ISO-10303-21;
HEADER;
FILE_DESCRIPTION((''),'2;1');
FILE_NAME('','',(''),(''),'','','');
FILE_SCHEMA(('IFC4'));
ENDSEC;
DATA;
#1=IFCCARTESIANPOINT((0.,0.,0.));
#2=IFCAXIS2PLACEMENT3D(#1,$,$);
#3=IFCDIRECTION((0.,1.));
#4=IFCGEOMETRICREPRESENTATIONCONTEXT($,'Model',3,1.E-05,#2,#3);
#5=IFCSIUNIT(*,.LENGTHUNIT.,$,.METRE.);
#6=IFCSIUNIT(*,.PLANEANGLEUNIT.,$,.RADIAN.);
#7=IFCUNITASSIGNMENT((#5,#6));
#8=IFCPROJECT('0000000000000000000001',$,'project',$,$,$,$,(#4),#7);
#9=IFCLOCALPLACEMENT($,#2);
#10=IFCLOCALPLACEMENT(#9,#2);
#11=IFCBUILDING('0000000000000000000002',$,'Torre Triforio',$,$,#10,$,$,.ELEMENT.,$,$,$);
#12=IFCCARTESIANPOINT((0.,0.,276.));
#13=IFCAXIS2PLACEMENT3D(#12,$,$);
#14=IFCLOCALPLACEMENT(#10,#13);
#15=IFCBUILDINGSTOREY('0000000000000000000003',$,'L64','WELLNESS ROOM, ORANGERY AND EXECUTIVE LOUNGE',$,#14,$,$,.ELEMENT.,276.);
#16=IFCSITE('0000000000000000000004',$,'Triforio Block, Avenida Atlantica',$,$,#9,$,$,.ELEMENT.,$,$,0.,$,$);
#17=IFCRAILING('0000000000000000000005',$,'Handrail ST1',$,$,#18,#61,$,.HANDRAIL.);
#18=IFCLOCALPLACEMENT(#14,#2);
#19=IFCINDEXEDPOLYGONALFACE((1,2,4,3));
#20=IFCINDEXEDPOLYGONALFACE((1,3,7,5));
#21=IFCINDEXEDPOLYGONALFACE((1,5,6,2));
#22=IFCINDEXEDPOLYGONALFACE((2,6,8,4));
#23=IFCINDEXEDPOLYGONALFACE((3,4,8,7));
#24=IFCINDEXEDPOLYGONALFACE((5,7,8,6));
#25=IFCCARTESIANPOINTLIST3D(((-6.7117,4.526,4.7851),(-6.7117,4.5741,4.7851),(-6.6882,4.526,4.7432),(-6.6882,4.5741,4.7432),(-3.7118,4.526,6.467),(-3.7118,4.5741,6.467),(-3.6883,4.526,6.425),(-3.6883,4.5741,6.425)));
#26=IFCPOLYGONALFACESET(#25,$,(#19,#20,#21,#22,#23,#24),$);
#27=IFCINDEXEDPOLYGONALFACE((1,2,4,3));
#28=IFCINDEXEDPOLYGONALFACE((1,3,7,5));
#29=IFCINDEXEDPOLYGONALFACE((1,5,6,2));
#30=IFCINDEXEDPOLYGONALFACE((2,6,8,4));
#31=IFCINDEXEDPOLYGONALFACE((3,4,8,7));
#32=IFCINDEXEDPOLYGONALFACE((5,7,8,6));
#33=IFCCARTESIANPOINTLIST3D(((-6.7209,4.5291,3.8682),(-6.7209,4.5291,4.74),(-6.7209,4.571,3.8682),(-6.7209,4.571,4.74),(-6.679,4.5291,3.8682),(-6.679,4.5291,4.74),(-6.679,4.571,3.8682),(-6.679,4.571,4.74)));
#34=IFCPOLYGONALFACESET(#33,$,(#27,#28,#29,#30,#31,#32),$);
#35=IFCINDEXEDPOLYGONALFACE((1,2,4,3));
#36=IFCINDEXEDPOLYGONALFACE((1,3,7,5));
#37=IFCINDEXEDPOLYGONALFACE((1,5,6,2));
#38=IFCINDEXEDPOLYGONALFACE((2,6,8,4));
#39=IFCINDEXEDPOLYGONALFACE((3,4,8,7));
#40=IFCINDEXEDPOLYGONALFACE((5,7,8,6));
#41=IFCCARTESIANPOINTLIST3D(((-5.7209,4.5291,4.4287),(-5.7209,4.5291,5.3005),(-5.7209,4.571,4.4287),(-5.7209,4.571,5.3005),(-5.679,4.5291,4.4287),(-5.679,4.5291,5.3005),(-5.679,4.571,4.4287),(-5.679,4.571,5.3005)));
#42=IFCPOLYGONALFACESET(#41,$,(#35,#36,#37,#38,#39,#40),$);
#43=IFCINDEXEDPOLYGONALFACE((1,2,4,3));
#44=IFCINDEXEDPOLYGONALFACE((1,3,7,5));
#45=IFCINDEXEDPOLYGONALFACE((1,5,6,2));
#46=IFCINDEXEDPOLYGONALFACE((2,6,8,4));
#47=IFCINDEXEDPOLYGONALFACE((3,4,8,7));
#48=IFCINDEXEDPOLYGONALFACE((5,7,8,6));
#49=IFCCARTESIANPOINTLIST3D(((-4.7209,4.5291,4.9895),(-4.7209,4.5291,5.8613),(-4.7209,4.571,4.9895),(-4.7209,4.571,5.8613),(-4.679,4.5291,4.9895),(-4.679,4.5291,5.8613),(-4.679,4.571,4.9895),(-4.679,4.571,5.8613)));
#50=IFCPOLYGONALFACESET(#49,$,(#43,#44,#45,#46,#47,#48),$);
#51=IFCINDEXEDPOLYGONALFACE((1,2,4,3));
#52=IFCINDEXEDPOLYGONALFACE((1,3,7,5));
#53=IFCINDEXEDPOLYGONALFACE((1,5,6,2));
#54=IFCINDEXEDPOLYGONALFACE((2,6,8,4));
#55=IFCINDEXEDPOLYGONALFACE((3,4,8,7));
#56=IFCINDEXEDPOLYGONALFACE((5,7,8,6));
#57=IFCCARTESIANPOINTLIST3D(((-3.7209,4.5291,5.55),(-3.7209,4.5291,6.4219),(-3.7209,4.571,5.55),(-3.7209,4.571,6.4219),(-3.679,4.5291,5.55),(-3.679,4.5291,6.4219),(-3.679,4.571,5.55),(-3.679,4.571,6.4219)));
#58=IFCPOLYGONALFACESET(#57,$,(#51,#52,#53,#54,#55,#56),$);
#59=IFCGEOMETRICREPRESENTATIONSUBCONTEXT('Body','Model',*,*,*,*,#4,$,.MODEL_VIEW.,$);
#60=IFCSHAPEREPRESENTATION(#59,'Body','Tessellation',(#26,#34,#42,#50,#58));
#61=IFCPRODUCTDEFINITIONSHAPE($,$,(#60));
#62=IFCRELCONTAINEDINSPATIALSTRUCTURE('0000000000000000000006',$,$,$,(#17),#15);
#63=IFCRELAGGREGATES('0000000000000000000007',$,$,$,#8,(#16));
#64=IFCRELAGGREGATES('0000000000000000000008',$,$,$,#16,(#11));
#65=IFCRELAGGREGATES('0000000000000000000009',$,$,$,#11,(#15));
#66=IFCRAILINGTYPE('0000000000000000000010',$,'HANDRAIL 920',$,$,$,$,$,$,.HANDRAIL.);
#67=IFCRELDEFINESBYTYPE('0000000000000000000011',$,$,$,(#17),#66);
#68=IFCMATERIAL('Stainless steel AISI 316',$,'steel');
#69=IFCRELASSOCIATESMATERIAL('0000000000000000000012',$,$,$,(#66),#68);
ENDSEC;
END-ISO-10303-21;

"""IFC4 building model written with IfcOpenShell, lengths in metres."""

from ifc_helpers import new_model, si_unit, direction, frame, origin, origin_2d, place, context, subcontext, project, spatial, rectangle, extrude, material, type_object, element, save


model = new_model("IFC4")

# Units and contexts
model_context = context("Model", 3, precision=1e-05, world=origin(), true_north=direction((0.0, 1.0)))
body_context = subcontext(model_context, "Body", "Model", "MODEL_VIEW")
ifc_project = project(units=[si_unit("LENGTHUNIT", "METRE"), si_unit("PLANEANGLEUNIT", "RADIAN")], contexts=[model_context])

# Site, building, storey
site_placement = place(None, origin())
site = spatial("IfcSite", under=ifc_project, at=site_placement, Name="Triforio Block, Avenida Atlantica", CompositionType="ELEMENT", RefElevation=0.0)
building_placement = place(site_placement, origin())
building = spatial("IfcBuilding", under=site, at=building_placement, Name="Torre Triforio", CompositionType="ELEMENT")
storey_placement = place(building_placement, frame((0.0, 0.0, 276.0)))
storey = spatial("IfcBuildingStorey", under=building, at=storey_placement, Name="L64", Description="WELLNESS ROOM, ORANGERY AND EXECUTIVE LOUNGE", CompositionType="ELEMENT", Elevation=276.0)

# Railing
ifc_material_1 = material(Name="Stainless steel AISI 316", Category="steel")
railing_type = type_object("IfcRailingType", Name="HANDRAIL 920", PredefinedType="HANDRAIL", material=ifc_material_1)
for number, where, name in (
    (1, (-6.7, 4.55, 3.8682), "Handrail ST1"),
):
    element("IfcRailing", number, at=place(storey_placement, frame(where)), inside=storey, type_object=railing_type, Name=name, PredefinedType="HANDRAIL", context=body_context, shape_type="SweptSolid", body=[
        extrude(rectangle(XDim=0.0481, YDim=0.0481, at=origin_2d()), frame((0.0, 0.0, 0.896), z_axis=(0.872272, 0.0, 0.48902), x_axis=(0.0, 1.0, 0.0)), (0.0, 0.0, 1.0), 3.4392),
        extrude(rectangle(XDim=0.042, YDim=0.042, at=origin_2d()), origin(), (0.0, 0.0, 1.0), 0.8718),
        extrude(rectangle(XDim=0.042, YDim=0.042, at=origin_2d()), frame((1.0, 0.0, 0.5605)), (0.0, 0.0, 1.0), 0.8718),
        extrude(rectangle(XDim=0.042, YDim=0.042, at=origin_2d()), frame((2.0, 0.0, 1.1213)), (0.0, 0.0, 1.0), 0.8718),
        extrude(rectangle(XDim=0.042, YDim=0.042, at=origin_2d()), frame((3.0, 0.0, 1.6819)), (0.0, 0.0, 1.0), 0.8718),
    ])

save(model, "model.ifc")
